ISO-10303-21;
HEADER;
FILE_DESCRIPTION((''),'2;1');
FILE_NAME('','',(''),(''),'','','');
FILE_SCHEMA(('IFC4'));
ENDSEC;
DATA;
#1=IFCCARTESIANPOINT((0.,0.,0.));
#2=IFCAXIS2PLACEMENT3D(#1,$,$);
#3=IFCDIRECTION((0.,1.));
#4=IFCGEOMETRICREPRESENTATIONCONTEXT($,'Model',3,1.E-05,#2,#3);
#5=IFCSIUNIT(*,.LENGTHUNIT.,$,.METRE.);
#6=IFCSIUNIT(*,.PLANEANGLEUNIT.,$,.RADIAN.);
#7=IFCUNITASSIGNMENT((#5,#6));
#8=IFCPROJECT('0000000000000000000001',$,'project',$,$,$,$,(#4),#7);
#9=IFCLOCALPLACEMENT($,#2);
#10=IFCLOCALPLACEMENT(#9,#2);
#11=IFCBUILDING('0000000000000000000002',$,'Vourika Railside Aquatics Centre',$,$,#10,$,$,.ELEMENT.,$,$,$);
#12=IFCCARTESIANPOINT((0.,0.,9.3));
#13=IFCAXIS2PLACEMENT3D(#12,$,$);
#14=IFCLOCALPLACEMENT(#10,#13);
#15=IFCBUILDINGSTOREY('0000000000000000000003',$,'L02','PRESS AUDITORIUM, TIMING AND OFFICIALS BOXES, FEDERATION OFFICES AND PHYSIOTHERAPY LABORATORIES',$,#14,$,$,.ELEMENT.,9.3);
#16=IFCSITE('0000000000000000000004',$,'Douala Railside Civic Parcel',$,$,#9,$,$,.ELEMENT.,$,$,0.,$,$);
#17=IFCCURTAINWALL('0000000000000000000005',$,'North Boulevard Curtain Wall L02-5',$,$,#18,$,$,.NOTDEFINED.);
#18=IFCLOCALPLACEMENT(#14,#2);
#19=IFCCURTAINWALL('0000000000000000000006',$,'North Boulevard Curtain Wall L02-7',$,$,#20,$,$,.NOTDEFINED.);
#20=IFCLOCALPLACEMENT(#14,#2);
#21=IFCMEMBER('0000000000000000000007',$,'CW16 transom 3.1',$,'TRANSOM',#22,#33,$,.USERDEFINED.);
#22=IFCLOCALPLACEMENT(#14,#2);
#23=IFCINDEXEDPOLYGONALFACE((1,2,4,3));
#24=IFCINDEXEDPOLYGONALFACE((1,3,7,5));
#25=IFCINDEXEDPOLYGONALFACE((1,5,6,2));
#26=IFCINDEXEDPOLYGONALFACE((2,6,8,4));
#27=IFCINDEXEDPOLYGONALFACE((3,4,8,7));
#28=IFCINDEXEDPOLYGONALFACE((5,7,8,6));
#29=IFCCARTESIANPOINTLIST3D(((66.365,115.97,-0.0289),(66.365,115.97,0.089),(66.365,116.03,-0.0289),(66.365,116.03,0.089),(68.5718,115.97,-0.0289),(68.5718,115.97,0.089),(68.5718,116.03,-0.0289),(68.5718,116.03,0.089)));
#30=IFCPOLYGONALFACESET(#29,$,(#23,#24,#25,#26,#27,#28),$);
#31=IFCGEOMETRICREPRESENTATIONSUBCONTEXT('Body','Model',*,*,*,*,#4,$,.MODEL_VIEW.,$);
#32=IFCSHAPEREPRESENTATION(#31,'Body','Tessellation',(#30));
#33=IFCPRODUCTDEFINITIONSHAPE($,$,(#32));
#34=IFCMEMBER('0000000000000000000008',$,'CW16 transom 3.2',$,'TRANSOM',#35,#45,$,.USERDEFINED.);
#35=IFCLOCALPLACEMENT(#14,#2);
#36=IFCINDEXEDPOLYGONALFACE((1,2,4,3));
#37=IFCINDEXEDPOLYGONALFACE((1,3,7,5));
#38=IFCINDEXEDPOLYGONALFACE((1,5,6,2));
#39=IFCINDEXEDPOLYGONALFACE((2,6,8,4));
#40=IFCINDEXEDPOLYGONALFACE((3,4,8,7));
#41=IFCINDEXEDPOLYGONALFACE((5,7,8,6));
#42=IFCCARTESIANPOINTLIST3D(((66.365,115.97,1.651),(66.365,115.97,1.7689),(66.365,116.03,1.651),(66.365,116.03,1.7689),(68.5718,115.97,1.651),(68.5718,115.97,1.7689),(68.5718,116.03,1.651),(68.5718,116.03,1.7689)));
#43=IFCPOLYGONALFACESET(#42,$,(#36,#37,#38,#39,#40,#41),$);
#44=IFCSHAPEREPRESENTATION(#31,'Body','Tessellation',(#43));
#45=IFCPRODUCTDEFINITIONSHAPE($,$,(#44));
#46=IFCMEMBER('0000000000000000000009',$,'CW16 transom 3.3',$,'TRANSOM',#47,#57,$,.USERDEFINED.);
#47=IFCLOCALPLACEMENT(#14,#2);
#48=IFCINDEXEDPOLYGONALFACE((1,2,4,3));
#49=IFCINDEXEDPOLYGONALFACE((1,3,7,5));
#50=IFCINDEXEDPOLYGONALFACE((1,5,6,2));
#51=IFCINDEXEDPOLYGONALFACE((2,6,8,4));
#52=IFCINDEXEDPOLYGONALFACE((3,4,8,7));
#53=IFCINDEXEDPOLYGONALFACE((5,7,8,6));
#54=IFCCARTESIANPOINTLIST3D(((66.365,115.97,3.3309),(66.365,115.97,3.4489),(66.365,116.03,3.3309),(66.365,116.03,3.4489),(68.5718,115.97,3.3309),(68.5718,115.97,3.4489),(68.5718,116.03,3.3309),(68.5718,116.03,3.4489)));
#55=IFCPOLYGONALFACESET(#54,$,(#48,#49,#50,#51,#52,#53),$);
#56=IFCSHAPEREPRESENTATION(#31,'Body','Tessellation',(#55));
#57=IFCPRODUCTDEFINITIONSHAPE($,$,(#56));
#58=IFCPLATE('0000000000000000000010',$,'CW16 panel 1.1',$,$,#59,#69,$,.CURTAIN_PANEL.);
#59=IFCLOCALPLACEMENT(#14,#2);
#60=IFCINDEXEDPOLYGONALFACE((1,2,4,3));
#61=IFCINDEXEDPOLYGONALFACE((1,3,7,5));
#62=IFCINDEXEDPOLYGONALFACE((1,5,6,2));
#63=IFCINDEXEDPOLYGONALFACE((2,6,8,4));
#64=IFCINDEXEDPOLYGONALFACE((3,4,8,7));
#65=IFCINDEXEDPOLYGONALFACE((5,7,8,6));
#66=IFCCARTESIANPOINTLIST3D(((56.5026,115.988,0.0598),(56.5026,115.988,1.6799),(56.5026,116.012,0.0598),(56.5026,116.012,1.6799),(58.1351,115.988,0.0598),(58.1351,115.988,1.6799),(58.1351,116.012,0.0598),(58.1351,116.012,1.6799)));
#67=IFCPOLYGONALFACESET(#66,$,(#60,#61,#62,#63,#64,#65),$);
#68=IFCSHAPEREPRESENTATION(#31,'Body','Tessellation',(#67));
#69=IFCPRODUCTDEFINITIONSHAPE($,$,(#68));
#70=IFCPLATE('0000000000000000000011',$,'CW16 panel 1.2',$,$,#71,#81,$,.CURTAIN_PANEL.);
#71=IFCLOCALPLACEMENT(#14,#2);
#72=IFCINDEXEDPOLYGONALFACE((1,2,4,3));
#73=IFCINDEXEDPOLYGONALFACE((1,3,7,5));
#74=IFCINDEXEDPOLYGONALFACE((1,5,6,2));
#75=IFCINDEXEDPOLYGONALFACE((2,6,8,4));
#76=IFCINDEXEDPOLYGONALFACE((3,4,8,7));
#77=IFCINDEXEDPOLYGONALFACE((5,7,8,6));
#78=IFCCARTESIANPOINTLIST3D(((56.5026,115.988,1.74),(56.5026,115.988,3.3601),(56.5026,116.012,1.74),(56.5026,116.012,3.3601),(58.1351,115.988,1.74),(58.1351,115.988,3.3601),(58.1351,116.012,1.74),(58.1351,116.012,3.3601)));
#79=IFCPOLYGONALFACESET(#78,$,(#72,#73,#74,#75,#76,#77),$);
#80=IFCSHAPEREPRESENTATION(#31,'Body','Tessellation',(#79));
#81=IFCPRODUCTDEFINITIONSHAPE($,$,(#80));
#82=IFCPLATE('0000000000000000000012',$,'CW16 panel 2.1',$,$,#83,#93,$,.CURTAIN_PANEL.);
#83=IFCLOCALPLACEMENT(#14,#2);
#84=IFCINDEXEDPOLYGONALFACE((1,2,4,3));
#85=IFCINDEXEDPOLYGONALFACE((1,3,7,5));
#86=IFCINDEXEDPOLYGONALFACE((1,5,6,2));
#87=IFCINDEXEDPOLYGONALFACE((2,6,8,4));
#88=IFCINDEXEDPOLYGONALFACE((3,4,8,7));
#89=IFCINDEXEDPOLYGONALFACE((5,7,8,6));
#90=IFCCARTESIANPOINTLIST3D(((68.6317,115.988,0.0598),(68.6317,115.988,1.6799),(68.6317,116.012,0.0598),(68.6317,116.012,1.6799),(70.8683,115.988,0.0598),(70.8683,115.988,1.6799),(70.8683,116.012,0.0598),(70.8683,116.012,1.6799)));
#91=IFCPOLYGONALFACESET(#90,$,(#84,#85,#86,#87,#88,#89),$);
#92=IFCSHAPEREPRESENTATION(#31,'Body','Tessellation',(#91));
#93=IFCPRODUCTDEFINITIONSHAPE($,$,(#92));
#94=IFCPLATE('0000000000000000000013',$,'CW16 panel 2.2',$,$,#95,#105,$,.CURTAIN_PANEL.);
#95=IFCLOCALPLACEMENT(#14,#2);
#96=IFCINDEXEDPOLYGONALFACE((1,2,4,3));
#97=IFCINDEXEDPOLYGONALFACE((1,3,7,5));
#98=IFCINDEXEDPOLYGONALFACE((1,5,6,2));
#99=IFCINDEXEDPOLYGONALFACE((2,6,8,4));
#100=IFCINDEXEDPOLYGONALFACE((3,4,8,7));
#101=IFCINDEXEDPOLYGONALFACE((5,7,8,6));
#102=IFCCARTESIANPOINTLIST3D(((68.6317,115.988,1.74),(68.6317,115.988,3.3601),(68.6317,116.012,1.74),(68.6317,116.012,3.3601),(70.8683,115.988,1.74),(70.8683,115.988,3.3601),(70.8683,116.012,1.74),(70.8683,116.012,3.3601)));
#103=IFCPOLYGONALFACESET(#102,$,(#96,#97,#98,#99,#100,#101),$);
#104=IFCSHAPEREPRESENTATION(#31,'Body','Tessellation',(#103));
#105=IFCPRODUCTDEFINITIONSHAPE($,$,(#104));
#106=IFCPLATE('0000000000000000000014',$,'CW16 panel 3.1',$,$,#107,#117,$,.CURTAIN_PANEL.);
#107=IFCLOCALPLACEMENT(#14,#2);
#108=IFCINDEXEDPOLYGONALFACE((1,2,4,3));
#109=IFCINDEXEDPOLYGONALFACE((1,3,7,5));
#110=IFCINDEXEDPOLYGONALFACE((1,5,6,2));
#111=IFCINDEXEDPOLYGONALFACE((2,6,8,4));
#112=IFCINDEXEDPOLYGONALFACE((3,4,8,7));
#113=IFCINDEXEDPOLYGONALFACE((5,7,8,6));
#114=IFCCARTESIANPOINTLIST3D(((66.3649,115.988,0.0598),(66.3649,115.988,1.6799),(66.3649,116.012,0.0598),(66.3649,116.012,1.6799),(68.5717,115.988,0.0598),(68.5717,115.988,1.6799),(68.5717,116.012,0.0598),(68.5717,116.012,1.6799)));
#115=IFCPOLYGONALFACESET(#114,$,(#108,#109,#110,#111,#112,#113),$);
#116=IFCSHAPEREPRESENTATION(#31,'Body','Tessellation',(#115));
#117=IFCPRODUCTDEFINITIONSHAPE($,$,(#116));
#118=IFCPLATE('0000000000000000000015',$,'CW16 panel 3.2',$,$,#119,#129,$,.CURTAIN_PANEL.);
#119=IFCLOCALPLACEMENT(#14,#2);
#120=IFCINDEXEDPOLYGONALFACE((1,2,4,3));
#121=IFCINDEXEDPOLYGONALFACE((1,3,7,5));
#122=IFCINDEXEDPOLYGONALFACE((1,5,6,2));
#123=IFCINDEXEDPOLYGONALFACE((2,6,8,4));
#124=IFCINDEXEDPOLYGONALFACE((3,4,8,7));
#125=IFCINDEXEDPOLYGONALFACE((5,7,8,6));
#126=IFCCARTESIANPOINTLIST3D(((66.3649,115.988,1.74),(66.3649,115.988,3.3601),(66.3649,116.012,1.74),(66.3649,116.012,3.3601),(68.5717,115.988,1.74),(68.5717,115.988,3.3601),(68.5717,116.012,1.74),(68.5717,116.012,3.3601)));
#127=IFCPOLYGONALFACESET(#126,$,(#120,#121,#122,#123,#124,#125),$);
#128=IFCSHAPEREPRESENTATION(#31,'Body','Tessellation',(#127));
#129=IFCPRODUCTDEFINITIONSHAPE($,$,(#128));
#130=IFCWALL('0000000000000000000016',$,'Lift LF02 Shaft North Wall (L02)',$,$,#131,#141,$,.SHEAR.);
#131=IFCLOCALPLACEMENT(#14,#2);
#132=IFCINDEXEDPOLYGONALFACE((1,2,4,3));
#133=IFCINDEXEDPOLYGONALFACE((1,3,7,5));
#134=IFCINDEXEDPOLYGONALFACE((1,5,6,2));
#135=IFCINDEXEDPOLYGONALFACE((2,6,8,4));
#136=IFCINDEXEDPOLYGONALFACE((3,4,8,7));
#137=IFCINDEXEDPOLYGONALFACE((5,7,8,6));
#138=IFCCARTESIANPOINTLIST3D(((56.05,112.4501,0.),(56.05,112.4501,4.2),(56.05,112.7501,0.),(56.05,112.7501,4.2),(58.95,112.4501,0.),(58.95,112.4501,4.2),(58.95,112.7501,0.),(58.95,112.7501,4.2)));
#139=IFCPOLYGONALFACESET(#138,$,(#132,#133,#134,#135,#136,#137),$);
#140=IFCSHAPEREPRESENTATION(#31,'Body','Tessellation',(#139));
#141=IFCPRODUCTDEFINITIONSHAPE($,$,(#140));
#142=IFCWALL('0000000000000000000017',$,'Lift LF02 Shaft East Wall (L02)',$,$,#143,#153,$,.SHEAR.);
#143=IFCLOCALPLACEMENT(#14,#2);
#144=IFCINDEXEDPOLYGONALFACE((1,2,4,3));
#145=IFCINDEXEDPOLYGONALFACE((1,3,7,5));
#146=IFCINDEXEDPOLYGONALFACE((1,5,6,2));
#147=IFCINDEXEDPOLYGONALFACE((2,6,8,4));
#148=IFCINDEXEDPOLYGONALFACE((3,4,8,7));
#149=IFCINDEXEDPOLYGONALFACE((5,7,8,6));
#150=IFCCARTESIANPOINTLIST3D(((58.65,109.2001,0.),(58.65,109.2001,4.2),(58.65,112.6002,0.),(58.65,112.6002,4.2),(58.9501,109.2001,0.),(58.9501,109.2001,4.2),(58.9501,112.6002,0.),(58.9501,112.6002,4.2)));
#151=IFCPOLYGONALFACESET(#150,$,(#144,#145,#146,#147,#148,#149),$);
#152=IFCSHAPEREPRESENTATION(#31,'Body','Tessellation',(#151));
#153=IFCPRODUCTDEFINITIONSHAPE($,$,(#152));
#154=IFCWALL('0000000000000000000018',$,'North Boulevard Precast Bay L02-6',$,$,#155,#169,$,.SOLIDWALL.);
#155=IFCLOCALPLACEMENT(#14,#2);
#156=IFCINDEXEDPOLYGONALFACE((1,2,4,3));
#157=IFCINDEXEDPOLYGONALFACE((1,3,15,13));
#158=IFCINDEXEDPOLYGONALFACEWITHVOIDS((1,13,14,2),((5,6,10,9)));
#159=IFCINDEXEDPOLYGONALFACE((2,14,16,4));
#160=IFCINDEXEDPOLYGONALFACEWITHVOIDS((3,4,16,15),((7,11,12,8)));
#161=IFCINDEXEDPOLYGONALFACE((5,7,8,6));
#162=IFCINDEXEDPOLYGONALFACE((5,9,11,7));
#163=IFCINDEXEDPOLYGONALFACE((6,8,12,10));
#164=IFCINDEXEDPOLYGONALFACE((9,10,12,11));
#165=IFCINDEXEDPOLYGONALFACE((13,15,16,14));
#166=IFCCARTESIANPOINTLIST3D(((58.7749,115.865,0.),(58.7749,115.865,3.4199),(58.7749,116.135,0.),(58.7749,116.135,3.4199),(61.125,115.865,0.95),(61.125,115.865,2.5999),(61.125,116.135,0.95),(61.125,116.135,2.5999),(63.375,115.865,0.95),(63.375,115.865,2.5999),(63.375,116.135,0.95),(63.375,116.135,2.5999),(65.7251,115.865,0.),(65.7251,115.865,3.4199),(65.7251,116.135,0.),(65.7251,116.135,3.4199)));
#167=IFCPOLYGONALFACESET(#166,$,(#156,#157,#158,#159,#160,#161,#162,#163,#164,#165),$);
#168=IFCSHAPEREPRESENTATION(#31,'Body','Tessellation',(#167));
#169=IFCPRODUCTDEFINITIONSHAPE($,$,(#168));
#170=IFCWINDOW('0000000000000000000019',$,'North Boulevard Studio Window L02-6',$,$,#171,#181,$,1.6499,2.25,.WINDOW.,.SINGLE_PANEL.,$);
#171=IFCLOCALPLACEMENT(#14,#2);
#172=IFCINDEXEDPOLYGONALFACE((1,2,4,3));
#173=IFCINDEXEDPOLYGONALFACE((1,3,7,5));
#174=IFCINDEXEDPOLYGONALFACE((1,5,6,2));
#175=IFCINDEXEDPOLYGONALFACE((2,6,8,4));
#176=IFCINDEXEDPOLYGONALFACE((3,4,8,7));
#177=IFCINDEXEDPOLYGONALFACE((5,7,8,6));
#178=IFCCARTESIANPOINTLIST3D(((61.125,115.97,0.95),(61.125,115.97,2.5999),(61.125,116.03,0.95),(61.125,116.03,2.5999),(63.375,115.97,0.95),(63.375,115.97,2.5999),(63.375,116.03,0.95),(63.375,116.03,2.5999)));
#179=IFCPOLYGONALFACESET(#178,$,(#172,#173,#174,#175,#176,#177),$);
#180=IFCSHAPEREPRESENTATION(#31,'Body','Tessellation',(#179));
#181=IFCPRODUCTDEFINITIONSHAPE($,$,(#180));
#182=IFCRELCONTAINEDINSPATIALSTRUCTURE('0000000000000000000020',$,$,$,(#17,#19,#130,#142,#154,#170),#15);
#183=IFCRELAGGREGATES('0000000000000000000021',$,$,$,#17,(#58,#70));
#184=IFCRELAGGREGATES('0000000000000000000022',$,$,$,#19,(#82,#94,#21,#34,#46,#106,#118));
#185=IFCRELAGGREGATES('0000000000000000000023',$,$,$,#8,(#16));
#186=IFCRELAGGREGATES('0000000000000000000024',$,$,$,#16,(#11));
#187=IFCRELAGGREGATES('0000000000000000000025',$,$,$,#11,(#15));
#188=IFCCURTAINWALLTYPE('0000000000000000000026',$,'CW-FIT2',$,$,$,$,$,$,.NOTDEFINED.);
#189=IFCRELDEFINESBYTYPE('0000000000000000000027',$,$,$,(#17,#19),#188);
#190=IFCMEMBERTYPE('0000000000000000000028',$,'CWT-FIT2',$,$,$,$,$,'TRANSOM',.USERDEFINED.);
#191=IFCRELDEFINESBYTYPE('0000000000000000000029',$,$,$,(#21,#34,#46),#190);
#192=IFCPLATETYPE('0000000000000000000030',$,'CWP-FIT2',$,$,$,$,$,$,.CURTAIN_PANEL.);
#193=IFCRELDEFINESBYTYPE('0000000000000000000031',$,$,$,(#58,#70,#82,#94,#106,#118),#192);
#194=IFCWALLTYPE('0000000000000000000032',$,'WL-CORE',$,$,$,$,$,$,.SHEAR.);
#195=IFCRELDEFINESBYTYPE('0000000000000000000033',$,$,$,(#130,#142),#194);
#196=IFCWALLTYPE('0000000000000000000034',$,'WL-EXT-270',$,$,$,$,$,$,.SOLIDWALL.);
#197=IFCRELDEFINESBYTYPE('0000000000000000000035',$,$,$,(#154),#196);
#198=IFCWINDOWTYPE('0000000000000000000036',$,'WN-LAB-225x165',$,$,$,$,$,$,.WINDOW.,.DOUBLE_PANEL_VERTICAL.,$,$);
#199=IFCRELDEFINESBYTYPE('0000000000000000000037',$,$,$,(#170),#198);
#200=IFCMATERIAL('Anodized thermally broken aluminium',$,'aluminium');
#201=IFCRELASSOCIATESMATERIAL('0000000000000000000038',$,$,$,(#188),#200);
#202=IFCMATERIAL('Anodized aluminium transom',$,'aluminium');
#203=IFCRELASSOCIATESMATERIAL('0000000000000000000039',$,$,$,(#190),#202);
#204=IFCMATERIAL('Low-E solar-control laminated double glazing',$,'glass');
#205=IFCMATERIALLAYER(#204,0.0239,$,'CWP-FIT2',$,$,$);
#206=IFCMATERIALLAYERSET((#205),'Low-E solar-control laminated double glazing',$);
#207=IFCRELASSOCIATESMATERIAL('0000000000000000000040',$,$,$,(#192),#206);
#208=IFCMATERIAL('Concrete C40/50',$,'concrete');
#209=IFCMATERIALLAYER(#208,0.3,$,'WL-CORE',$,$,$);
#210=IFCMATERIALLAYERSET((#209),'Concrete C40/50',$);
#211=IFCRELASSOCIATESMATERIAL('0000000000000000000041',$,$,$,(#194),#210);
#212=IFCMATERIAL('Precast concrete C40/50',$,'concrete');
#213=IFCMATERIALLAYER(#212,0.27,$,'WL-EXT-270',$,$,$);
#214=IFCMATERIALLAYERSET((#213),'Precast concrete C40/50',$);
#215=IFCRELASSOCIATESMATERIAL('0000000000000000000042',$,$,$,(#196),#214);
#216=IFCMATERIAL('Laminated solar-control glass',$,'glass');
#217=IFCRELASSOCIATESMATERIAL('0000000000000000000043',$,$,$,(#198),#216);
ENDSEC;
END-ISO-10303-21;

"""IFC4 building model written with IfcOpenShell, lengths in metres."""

from ifc_helpers import new_model, si_unit, direction, frame, frame_2d, origin, origin_2d, place, context, subcontext, project, spatial, rectangle, extrude, material, layer, layer_set, material_profile, profile_set, type_object, element, fill, aggregate, save


model = new_model("IFC4")

# Units and contexts
model_context = context("Model", 3, precision=1e-05, world=origin(), true_north=direction((0.0, 1.0)))
body_context = subcontext(model_context, "Body", "Model", "MODEL_VIEW")
ifc_project = project(units=[si_unit("LENGTHUNIT", "METRE"), si_unit("PLANEANGLEUNIT", "RADIAN")], contexts=[model_context])

# Site, building, storey
site_placement = place(None, origin())
site = spatial("IfcSite", under=ifc_project, at=site_placement, Name="Douala Railside Civic Parcel", CompositionType="ELEMENT", RefElevation=0.0)
building_placement = place(site_placement, origin())
building = spatial("IfcBuilding", under=site, at=building_placement, Name="Vourika Railside Aquatics Centre", CompositionType="ELEMENT")
storey_placement = place(building_placement, frame((0.0, 0.0, 9.3)))
storey = spatial("IfcBuildingStorey", under=building, at=storey_placement, Name="L02", Description="PRESS AUDITORIUM, TIMING AND OFFICIALS BOXES, FEDERATION OFFICES AND PHYSIOTHERAPY LABORATORIES", CompositionType="ELEMENT", Elevation=9.3)

# Curtain walls
ifc_material_1 = material(Name="Anodized thermally broken aluminium", Category="aluminium")
curtain_wall_type = type_object("IfcCurtainWallType", Name="CW-FIT2", PredefinedType="NOTDEFINED", material=ifc_material_1)
curtain_wall_1_placement = place(storey_placement, origin())
curtain_wall_1 = element("IfcCurtainWall", 1, at=curtain_wall_1_placement, inside=storey, type_object=curtain_wall_type, Name="North Boulevard Curtain Wall L02-5", PredefinedType="NOTDEFINED")
curtain_wall_2_placement = place(storey_placement, origin())
curtain_wall_2 = element("IfcCurtainWall", 2, at=curtain_wall_2_placement, inside=storey, type_object=curtain_wall_type, Name="North Boulevard Curtain Wall L02-7", PredefinedType="NOTDEFINED")

# Members
ifc_material_2 = material(Name="Anodized aluminium transom", Category="aluminium")
ifc_material_profile_1 = material_profile(ifc_material_2, rectangle(XDim=0.0601, YDim=0.1179, at=origin_2d()), Name="ALU-T 60x118")
ifc_profile_set_1 = profile_set([ifc_material_profile_1], Name="Anodized aluminium transom")
member_type_1 = type_object("IfcMemberType", Name="CWT-FIT2", ElementType="TRANSOM", PredefinedType="USERDEFINED", material=ifc_profile_set_1)
member_1_placement = place(storey_placement, frame((68.5718, 116.0, 0.03), z_axis=(-1.0, 0.0, 0.0), x_axis=(0.0, -1.0, 0.0)))
member_1 = element("IfcMember", 3, at=member_1_placement, type_object=member_type_1, Name="CW16 transom 3.1", ObjectType="TRANSOM", PredefinedType="USERDEFINED", context=body_context, shape_type="SweptSolid", body=[
    extrude(rectangle(XDim=0.0601, YDim=0.1179, at=origin_2d()), origin(), (0.0, 0.0, 1.0), 2.2068),
])
member_2_placement = place(storey_placement, frame((68.5718, 116.0, 1.71), z_axis=(-1.0, 0.0, 0.0), x_axis=(0.0, -1.0, 0.0)))
member_2 = element("IfcMember", 4, at=member_2_placement, type_object=member_type_1, Name="CW16 transom 3.2", ObjectType="TRANSOM", PredefinedType="USERDEFINED", context=body_context, shape_type="SweptSolid", body=[
    extrude(rectangle(XDim=0.0601, YDim=0.1179, at=origin_2d()), origin(), (0.0, 0.0, 1.0), 2.2068),
])
member_3_placement = place(storey_placement, frame((68.5718, 116.0, 3.3899), z_axis=(-1.0, 0.0, 0.0), x_axis=(0.0, -1.0, 0.0)))
member_3 = element("IfcMember", 5, at=member_3_placement, type_object=member_type_1, Name="CW16 transom 3.3", ObjectType="TRANSOM", PredefinedType="USERDEFINED", context=body_context, shape_type="SweptSolid", body=[
    extrude(rectangle(XDim=0.0601, YDim=0.1179, at=origin_2d()), origin(), (0.0, 0.0, 1.0), 2.2068),
])

# Plates
ifc_material_3 = material(Name="Low-E solar-control laminated double glazing", Category="glass")
ifc_layer_1 = layer(ifc_material_3, 0.0239, Name="CWP-FIT2")
ifc_layer_set_1 = layer_set([ifc_layer_1], Name="Low-E solar-control laminated double glazing")
plate_type = type_object("IfcPlateType", Name="CWP-FIT2", PredefinedType="CURTAIN_PANEL", material=ifc_layer_set_1)
plate_1_placement = place(storey_placement, frame((57.3188, 116.0, 0.0598), z_axis=(0.0, 0.0, 1.0), x_axis=(-1.0, 0.0, 0.0)))
plate_1 = element("IfcPlate", 6, at=plate_1_placement, type_object=plate_type, Name="CW16 panel 1.1", PredefinedType="CURTAIN_PANEL", context=body_context, shape_type="SweptSolid", body=[
    extrude(rectangle(XDim=1.6326, YDim=0.0239, at=origin_2d()), origin(), (0.0, 0.0, 1.0), 1.6201),
])
plate_2_placement = place(storey_placement, frame((57.3188, 116.0, 1.74), z_axis=(0.0, 0.0, 1.0), x_axis=(-1.0, 0.0, 0.0)))
plate_2 = element("IfcPlate", 7, at=plate_2_placement, type_object=plate_type, Name="CW16 panel 1.2", PredefinedType="CURTAIN_PANEL", context=body_context, shape_type="SweptSolid", body=[
    extrude(rectangle(XDim=1.6326, YDim=0.0239, at=origin_2d()), origin(), (0.0, 0.0, 1.0), 1.6201),
])
aggregate(curtain_wall_1, [plate_1, plate_2])
plate_3_placement = place(storey_placement, frame((69.75, 116.0, 0.0598), z_axis=(0.0, 0.0, 1.0), x_axis=(-1.0, 0.0, 0.0)))
plate_3 = element("IfcPlate", 8, at=plate_3_placement, type_object=plate_type, Name="CW16 panel 2.1", PredefinedType="CURTAIN_PANEL", context=body_context, shape_type="SweptSolid", body=[
    extrude(rectangle(XDim=2.2366, YDim=0.0239, at=origin_2d()), origin(), (0.0, 0.0, 1.0), 1.6201),
])
plate_4_placement = place(storey_placement, frame((69.75, 116.0, 1.74), z_axis=(0.0, 0.0, 1.0), x_axis=(-1.0, 0.0, 0.0)))
plate_4 = element("IfcPlate", 9, at=plate_4_placement, type_object=plate_type, Name="CW16 panel 2.2", PredefinedType="CURTAIN_PANEL", context=body_context, shape_type="SweptSolid", body=[
    extrude(rectangle(XDim=2.2366, YDim=0.0239, at=origin_2d()), origin(), (0.0, 0.0, 1.0), 1.6201),
])
plate_5_placement = place(storey_placement, frame((67.4683, 116.0, 0.0598), z_axis=(0.0, 0.0, 1.0), x_axis=(-1.0, 0.0, 0.0)))
plate_5 = element("IfcPlate", 10, at=plate_5_placement, type_object=plate_type, Name="CW16 panel 3.1", PredefinedType="CURTAIN_PANEL", context=body_context, shape_type="SweptSolid", body=[
    extrude(rectangle(XDim=2.2068, YDim=0.0239, at=origin_2d()), origin(), (0.0, 0.0, 1.0), 1.6201),
])
plate_6_placement = place(storey_placement, frame((67.4683, 116.0, 1.74), z_axis=(0.0, 0.0, 1.0), x_axis=(-1.0, 0.0, 0.0)))
plate_6 = element("IfcPlate", 11, at=plate_6_placement, type_object=plate_type, Name="CW16 panel 3.2", PredefinedType="CURTAIN_PANEL", context=body_context, shape_type="SweptSolid", body=[
    extrude(rectangle(XDim=2.2068, YDim=0.0239, at=origin_2d()), origin(), (0.0, 0.0, 1.0), 1.6201),
])
aggregate(curtain_wall_2, [plate_3, plate_4, member_1, member_2, member_3, plate_5, plate_6])

# Walls
ifc_material_4 = material(Name="Concrete C40/50", Category="concrete")
ifc_layer_2 = layer(ifc_material_4, 0.3, Name="WL-CORE")
ifc_layer_set_2 = layer_set([ifc_layer_2], Name="Concrete C40/50")
wall_type_1 = type_object("IfcWallType", Name="WL-CORE", PredefinedType="SHEAR", material=ifc_layer_set_2)
wall_1_placement = place(storey_placement, frame((58.95, 112.6001, 0.0), z_axis=(0.0, 0.0, 1.0), x_axis=(-1.0, 0.0, 0.0)))
element("IfcWall", 12, at=wall_1_placement, inside=storey, type_object=wall_type_1, Name="Lift LF02 Shaft North Wall (L02)", PredefinedType="SHEAR", context=body_context, shape_type="SweptSolid", body=[
    extrude(rectangle(XDim=2.8999, YDim=0.3, at=frame_2d((1.45, 0.0))), origin(), (0.0, 0.0, 1.0), 4.2),
])
wall_2_placement = place(storey_placement, frame((58.8, 109.2, 0.0), z_axis=(0.0, 0.0, 1.0), x_axis=(0.0, 1.0, 0.0)))
element("IfcWall", 13, at=wall_2_placement, inside=storey, type_object=wall_type_1, Name="Lift LF02 Shaft East Wall (L02)", PredefinedType="SHEAR", context=body_context, shape_type="SweptSolid", body=[
    extrude(rectangle(XDim=3.4001, YDim=0.3, at=frame_2d((1.7002, 0.0))), origin(), (0.0, 0.0, 1.0), 4.2),
])

# Wall, opening, window
ifc_material_5 = material(Name="Precast concrete C40/50", Category="concrete")
ifc_layer_3 = layer(ifc_material_5, 0.27, Name="WL-EXT-270")
ifc_layer_set_3 = layer_set([ifc_layer_3], Name="Precast concrete C40/50")
wall_type_2 = type_object("IfcWallType", Name="WL-EXT-270", PredefinedType="SOLIDWALL", material=ifc_layer_set_3)
wall_3_placement = place(storey_placement, frame((65.7251, 116.0, 0.0), z_axis=(0.0, 0.0, 1.0), x_axis=(-1.0, 0.0, 0.0)))
wall_3 = element("IfcWall", 14, at=wall_3_placement, inside=storey, type_object=wall_type_2, Name="North Boulevard Precast Bay L02-6", PredefinedType="SOLIDWALL", context=body_context, shape_type="SweptSolid", body=[
    extrude(rectangle(XDim=6.9502, YDim=0.27, at=frame_2d((3.4751, 0.0))), origin(), (0.0, 0.0, 1.0), 3.4199),
])
opening_placement = place(wall_3_placement, frame((2.3501, 0.0, 0.95)))
opening = element("IfcOpeningElement", 15, at=opening_placement, cuts=wall_3, PredefinedType="OPENING", context=body_context, shape_type="SweptSolid", body=[
    extrude(rectangle(XDim=2.25, YDim=1.6499, at=frame_2d((1.125, 0.825))), frame((0.0, 0.145, 0.0), z_axis=(0.0, -1.0, 0.0), x_axis=(1.0, 0.0, 0.0)), (0.0, 0.0, 1.0), 0.29),
])
ifc_material_6 = material(Name="Laminated solar-control glass", Category="glass")
window_type = type_object("IfcWindowType", Name="WN-LAB-225x165", PartitioningType="DOUBLE_PANEL_VERTICAL", PredefinedType="WINDOW", material=ifc_material_6)
window_placement = place(opening_placement, origin())
window = element("IfcWindow", 16, at=window_placement, inside=storey, type_object=window_type, Name="North Boulevard Studio Window L02-6", OverallHeight=1.6499, OverallWidth=2.25, PartitioningType="SINGLE_PANEL", PredefinedType="WINDOW", context=body_context, shape_type="SweptSolid", body=[
    extrude(rectangle(XDim=2.25, YDim=1.6499, at=frame_2d((1.125, 0.825))), frame((0.0, 0.03, 0.0), z_axis=(0.0, -1.0, 0.0), x_axis=(1.0, 0.0, 0.0)), (0.0, 0.0, 1.0), 0.0601),
])
fill(opening, window)

save(model, "model.ifc")
